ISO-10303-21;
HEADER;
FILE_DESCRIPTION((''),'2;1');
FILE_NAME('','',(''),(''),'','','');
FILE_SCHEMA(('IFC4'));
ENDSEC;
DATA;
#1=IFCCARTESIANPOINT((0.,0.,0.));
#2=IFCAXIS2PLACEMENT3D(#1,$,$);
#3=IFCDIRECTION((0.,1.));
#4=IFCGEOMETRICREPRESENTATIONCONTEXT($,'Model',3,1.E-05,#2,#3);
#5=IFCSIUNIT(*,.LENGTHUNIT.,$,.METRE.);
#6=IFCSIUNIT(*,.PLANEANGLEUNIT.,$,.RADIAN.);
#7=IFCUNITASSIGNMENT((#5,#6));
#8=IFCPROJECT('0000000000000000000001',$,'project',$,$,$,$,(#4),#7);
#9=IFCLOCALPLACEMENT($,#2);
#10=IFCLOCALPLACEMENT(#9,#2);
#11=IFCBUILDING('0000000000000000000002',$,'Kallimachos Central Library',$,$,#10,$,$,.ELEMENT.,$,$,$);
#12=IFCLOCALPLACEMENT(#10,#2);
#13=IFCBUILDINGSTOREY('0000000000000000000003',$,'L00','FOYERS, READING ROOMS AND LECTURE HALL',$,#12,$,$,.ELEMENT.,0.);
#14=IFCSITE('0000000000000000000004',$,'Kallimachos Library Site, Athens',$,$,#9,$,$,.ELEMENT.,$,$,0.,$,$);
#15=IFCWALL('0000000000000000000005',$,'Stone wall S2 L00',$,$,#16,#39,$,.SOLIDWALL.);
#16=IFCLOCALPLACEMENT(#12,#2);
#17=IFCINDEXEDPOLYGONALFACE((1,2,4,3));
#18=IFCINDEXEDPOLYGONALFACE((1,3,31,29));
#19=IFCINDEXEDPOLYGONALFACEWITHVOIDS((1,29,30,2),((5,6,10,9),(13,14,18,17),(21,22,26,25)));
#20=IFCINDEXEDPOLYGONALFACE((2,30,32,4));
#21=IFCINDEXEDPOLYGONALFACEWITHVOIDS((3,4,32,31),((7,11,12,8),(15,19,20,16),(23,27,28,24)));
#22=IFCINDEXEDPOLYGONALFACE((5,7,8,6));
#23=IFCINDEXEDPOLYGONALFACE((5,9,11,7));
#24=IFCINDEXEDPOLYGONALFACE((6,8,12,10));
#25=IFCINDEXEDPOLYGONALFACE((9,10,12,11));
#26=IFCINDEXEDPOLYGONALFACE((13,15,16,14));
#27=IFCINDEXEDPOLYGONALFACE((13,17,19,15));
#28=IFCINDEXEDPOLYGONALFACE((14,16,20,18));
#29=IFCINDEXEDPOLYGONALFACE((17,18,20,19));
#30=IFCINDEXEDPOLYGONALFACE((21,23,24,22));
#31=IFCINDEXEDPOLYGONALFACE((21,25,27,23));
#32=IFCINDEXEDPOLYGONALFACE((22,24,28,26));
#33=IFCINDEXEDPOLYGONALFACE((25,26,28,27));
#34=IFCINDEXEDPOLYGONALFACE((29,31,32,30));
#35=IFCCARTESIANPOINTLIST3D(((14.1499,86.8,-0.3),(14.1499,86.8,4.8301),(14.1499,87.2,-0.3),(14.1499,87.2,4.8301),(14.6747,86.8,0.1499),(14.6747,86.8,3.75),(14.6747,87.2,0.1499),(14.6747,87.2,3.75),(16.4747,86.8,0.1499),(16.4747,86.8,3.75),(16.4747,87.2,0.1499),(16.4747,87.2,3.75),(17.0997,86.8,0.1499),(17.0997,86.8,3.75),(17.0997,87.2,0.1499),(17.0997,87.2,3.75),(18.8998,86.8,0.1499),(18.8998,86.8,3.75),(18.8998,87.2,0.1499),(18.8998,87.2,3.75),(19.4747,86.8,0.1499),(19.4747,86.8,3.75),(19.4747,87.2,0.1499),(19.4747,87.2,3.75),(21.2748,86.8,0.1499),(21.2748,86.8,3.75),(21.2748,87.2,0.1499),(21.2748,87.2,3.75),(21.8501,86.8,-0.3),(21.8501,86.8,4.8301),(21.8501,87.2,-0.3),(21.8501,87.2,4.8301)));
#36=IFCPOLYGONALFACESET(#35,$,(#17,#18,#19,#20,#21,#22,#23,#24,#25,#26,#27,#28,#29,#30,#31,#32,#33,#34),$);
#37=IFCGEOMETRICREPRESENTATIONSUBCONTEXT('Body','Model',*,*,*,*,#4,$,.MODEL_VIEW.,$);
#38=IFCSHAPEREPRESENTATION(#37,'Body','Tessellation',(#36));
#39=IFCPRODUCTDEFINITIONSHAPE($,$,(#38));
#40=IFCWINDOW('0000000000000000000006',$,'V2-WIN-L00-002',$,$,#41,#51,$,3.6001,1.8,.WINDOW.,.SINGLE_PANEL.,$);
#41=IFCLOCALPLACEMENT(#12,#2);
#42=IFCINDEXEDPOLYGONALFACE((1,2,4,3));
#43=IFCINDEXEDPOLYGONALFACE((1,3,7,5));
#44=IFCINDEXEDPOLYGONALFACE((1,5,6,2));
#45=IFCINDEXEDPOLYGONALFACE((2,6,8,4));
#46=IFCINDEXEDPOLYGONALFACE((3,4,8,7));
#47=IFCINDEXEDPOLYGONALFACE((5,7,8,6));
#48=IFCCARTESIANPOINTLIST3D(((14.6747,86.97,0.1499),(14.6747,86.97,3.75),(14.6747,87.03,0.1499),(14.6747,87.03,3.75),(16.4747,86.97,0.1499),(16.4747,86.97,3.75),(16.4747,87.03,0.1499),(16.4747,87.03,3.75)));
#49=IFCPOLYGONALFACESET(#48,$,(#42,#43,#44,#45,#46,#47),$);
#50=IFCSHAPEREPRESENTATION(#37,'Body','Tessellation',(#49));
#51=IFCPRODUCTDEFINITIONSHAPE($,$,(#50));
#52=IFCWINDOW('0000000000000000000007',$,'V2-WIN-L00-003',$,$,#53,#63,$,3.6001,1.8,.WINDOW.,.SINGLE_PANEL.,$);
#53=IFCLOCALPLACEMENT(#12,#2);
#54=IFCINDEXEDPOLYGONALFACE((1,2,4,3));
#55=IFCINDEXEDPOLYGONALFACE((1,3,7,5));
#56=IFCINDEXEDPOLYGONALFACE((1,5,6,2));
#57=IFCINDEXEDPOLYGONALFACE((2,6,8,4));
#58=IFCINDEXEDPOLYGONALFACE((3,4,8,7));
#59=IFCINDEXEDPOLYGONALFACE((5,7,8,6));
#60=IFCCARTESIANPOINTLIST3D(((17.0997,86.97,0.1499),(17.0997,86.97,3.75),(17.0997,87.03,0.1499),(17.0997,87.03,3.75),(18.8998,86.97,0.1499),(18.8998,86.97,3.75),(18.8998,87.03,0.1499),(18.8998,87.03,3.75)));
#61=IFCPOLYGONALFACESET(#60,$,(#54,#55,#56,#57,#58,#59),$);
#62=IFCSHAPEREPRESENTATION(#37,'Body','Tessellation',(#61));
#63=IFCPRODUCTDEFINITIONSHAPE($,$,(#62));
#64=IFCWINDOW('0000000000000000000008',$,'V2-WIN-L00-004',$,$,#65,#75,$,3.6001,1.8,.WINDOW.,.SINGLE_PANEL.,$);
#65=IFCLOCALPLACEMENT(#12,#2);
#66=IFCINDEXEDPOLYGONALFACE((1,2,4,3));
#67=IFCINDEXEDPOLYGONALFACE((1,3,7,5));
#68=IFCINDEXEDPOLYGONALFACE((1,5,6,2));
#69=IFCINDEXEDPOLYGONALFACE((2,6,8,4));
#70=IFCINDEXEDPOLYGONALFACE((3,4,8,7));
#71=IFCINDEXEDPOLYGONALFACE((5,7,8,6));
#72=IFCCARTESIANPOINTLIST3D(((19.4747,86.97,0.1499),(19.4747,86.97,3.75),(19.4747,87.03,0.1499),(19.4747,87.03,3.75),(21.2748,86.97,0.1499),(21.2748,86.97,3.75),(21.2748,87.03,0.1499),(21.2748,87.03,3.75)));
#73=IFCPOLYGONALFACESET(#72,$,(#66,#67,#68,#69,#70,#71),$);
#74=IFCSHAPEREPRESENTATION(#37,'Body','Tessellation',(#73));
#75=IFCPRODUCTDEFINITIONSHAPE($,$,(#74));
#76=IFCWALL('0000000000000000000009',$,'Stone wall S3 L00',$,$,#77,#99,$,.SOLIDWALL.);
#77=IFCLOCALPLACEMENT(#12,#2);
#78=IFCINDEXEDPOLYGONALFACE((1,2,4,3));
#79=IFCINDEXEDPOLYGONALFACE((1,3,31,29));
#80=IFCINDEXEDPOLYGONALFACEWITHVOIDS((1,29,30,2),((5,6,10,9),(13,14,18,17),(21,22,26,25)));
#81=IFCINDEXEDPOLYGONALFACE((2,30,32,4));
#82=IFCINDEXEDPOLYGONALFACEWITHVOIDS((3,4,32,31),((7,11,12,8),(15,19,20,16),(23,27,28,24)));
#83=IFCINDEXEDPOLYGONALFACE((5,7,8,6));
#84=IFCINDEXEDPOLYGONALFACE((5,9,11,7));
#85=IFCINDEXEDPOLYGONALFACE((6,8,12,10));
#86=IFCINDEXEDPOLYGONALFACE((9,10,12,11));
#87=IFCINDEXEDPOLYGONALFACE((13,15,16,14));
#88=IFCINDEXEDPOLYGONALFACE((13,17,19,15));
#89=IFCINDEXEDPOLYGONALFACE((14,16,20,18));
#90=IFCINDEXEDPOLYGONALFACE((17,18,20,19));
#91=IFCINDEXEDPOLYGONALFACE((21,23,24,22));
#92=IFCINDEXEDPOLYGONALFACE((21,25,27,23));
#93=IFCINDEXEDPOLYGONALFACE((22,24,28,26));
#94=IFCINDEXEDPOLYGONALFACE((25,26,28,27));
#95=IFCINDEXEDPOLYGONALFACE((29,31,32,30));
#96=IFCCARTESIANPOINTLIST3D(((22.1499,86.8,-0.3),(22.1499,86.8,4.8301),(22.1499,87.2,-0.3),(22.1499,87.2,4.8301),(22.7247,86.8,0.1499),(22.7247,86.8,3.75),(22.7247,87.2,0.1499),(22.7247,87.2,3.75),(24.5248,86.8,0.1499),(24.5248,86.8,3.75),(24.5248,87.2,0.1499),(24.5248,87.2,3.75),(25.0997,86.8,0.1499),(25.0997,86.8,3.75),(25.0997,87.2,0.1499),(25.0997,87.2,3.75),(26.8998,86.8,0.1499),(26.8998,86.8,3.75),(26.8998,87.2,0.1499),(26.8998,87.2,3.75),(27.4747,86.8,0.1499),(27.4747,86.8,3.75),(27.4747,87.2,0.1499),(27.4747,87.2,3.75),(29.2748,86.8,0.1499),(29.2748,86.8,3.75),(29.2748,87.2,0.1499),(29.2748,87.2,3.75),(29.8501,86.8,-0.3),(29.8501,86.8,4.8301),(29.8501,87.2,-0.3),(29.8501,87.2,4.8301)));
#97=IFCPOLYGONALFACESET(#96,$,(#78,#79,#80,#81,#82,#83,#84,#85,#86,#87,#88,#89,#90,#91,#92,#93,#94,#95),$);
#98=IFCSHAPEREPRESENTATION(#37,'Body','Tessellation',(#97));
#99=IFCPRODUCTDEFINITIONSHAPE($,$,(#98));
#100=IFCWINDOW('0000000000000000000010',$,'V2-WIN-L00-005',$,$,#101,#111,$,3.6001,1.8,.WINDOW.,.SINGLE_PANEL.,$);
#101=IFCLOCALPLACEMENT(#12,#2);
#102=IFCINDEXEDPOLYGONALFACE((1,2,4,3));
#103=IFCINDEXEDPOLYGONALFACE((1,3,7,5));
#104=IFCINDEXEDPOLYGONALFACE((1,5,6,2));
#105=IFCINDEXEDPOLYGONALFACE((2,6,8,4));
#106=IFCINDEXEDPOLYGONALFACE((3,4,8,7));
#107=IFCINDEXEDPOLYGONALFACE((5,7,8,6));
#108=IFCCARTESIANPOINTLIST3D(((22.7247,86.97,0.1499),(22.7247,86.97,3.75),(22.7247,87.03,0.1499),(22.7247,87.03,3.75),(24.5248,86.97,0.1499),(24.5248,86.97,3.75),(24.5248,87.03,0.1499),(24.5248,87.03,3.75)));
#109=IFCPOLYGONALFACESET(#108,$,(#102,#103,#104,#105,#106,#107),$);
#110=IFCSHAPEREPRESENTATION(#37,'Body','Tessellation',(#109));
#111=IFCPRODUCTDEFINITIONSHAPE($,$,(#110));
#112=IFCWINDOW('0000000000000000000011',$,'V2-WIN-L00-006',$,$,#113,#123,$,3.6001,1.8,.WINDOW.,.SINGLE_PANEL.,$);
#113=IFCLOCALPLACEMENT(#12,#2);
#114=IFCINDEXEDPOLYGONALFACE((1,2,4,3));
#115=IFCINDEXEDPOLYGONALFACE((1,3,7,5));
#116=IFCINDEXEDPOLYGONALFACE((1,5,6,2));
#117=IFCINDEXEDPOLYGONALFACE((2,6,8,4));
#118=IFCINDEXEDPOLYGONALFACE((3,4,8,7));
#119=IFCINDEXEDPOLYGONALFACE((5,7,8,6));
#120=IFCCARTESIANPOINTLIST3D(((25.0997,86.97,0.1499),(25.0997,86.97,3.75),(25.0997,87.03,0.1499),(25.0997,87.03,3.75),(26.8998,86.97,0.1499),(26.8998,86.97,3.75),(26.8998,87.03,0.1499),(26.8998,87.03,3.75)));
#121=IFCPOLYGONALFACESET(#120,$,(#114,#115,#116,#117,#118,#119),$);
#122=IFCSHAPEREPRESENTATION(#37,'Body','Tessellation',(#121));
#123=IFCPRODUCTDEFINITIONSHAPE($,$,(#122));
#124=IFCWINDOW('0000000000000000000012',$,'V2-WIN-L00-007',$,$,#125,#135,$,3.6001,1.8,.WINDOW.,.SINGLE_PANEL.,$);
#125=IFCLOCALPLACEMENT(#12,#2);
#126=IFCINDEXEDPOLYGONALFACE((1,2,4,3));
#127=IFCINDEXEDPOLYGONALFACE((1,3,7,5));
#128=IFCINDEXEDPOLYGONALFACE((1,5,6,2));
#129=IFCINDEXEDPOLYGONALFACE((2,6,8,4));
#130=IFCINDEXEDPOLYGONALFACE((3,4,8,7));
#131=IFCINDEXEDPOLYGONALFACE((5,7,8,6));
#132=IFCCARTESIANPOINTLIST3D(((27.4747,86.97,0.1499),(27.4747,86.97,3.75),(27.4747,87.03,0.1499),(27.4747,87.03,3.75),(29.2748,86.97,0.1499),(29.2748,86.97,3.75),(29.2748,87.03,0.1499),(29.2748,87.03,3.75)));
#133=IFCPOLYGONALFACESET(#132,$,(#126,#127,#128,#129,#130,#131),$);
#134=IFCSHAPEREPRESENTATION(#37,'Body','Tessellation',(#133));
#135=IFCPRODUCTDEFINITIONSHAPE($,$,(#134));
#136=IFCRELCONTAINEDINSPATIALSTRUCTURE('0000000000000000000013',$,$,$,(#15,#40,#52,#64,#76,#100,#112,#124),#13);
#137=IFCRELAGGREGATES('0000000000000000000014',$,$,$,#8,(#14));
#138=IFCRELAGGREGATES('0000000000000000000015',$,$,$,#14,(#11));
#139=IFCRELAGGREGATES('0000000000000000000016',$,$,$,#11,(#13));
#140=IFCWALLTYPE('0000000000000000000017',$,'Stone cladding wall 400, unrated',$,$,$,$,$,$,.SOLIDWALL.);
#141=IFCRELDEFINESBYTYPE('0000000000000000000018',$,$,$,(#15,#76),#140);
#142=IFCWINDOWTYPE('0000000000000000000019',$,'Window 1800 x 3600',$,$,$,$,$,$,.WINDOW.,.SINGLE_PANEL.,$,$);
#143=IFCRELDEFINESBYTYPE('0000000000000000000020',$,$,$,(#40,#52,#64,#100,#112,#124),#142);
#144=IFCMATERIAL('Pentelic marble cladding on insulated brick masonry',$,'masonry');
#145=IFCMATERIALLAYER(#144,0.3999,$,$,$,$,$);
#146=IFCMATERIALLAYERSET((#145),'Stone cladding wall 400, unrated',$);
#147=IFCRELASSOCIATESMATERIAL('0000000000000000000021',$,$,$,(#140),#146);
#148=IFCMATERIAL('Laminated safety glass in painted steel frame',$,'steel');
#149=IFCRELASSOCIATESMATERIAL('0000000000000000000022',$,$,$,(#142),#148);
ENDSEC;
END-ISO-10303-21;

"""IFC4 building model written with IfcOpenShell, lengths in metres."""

from ifc_helpers import new_model, si_unit, direction, frame, frame_2d, origin, place, context, subcontext, project, spatial, rectangle, extrude, material, layer, layer_set, type_object, element, fill, save


model = new_model("IFC4")

# Units and contexts
model_context = context("Model", 3, precision=1e-05, world=origin(), true_north=direction((0.0, 1.0)))
body_context = subcontext(model_context, "Body", "Model", "MODEL_VIEW")
ifc_project = project(units=[si_unit("LENGTHUNIT", "METRE"), si_unit("PLANEANGLEUNIT", "RADIAN")], contexts=[model_context])

# Site, building, storey
site_placement = place(None, origin())
site = spatial("IfcSite", under=ifc_project, at=site_placement, Name="Kallimachos Library Site, Athens", CompositionType="ELEMENT", RefElevation=0.0)
building_placement = place(site_placement, origin())
building = spatial("IfcBuilding", under=site, at=building_placement, Name="Kallimachos Central Library", CompositionType="ELEMENT")
storey_placement = place(building_placement, origin())
storey = spatial("IfcBuildingStorey", under=building, at=storey_placement, Name="L00", Description="FOYERS, READING ROOMS AND LECTURE HALL", CompositionType="ELEMENT", Elevation=0.0)

# Walls, openings, windows
ifc_material_1 = material(Name="Pentelic marble cladding on insulated brick masonry", Category="masonry")
ifc_layer_1 = layer(ifc_material_1, 0.3999)
ifc_layer_set_1 = layer_set([ifc_layer_1], Name="Stone cladding wall 400, unrated")
wall_type_1 = type_object("IfcWallType", Name="Stone cladding wall 400, unrated", PredefinedType="SOLIDWALL", material=ifc_layer_set_1)
wall_1_placement = place(storey_placement, frame((14.1499, 87.0, -0.3), z_axis=(0.0, 0.0, 1.0), x_axis=(1.0, 0.0, 0.0)))
wall_1 = element("IfcWall", 1, at=wall_1_placement, inside=storey, type_object=wall_type_1, Name="Stone wall S2 L00", PredefinedType="SOLIDWALL", context=body_context, shape_type="SweptSolid", body=[
    extrude(rectangle(XDim=7.7002, YDim=0.3999, at=frame_2d((3.8501, 0.0))), origin(), (0.0, 0.0, 1.0), 5.1301),
])
opening_1_placement = place(wall_1_placement, frame((0.5249, 0.0, 0.45)))
opening_1 = element("IfcOpeningElement", 2, at=opening_1_placement, cuts=wall_1, PredefinedType="OPENING", context=body_context, shape_type="SweptSolid", body=[
    extrude(rectangle(XDim=1.8, YDim=3.6001, at=frame_2d((0.8999, 1.8))), frame((0.0, 0.21, 0.0), z_axis=(0.0, -1.0, 0.0), x_axis=(1.0, 0.0, 0.0)), (0.0, 0.0, 1.0), 0.4199),
])
opening_2_placement = place(wall_1_placement, frame((2.95, 0.0, 0.45)))
opening_2 = element("IfcOpeningElement", 3, at=opening_2_placement, cuts=wall_1, PredefinedType="OPENING", context=body_context, shape_type="SweptSolid", body=[
    extrude(rectangle(XDim=1.8, YDim=3.6001, at=frame_2d((0.8999, 1.8))), frame((0.0, 0.21, 0.0), z_axis=(0.0, -1.0, 0.0), x_axis=(1.0, 0.0, 0.0)), (0.0, 0.0, 1.0), 0.4199),
])
opening_3_placement = place(wall_1_placement, frame((5.325, 0.0, 0.45)))
opening_3 = element("IfcOpeningElement", 4, at=opening_3_placement, cuts=wall_1, PredefinedType="OPENING", context=body_context, shape_type="SweptSolid", body=[
    extrude(rectangle(XDim=1.8, YDim=3.6001, at=frame_2d((0.8999, 1.8))), frame((0.0, 0.21, 0.0), z_axis=(0.0, -1.0, 0.0), x_axis=(1.0, 0.0, 0.0)), (0.0, 0.0, 1.0), 0.4199),
])
ifc_material_2 = material(Name="Laminated safety glass in painted steel frame", Category="steel")
window_type = type_object("IfcWindowType", Name="Window 1800 x 3600", PartitioningType="SINGLE_PANEL", PredefinedType="WINDOW", material=ifc_material_2)
window_1_placement = place(opening_1_placement, origin())
window_1 = element("IfcWindow", 5, at=window_1_placement, inside=storey, type_object=window_type, Name="V2-WIN-L00-002", OverallHeight=3.6001, OverallWidth=1.8, PartitioningType="SINGLE_PANEL", PredefinedType="WINDOW", context=body_context, shape_type="SweptSolid", body=[
    extrude(rectangle(XDim=1.8, YDim=3.6001, at=frame_2d((0.8999, 1.8))), frame((0.0, 0.03, 0.0), z_axis=(0.0, -1.0, 0.0), x_axis=(1.0, 0.0, 0.0)), (0.0, 0.0, 1.0), 0.0601),
])
fill(opening_1, window_1)
window_2_placement = place(opening_2_placement, origin())
window_2 = element("IfcWindow", 6, at=window_2_placement, inside=storey, type_object=window_type, Name="V2-WIN-L00-003", OverallHeight=3.6001, OverallWidth=1.8, PartitioningType="SINGLE_PANEL", PredefinedType="WINDOW", context=body_context, shape_type="SweptSolid", body=[
    extrude(rectangle(XDim=1.8, YDim=3.6001, at=frame_2d((0.8999, 1.8))), frame((0.0, 0.03, 0.0), z_axis=(0.0, -1.0, 0.0), x_axis=(1.0, 0.0, 0.0)), (0.0, 0.0, 1.0), 0.0601),
])
fill(opening_2, window_2)
window_3_placement = place(opening_3_placement, origin())
window_3 = element("IfcWindow", 7, at=window_3_placement, inside=storey, type_object=window_type, Name="V2-WIN-L00-004", OverallHeight=3.6001, OverallWidth=1.8, PartitioningType="SINGLE_PANEL", PredefinedType="WINDOW", context=body_context, shape_type="SweptSolid", body=[
    extrude(rectangle(XDim=1.8, YDim=3.6001, at=frame_2d((0.8999, 1.8))), frame((0.0, 0.03, 0.0), z_axis=(0.0, -1.0, 0.0), x_axis=(1.0, 0.0, 0.0)), (0.0, 0.0, 1.0), 0.0601),
])
fill(opening_3, window_3)
wall_2_placement = place(storey_placement, frame((22.1499, 87.0, -0.3), z_axis=(0.0, 0.0, 1.0), x_axis=(1.0, 0.0, 0.0)))
wall_2 = element("IfcWall", 8, at=wall_2_placement, inside=storey, type_object=wall_type_1, Name="Stone wall S3 L00", PredefinedType="SOLIDWALL", context=body_context, shape_type="SweptSolid", body=[
    extrude(rectangle(XDim=7.7002, YDim=0.3999, at=frame_2d((3.8501, 0.0))), origin(), (0.0, 0.0, 1.0), 5.1301),
])
opening_4_placement = place(wall_2_placement, frame((0.575, 0.0, 0.45)))
opening_4 = element("IfcOpeningElement", 9, at=opening_4_placement, cuts=wall_2, PredefinedType="OPENING", context=body_context, shape_type="SweptSolid", body=[
    extrude(rectangle(XDim=1.8, YDim=3.6001, at=frame_2d((0.8999, 1.8))), frame((0.0, 0.21, 0.0), z_axis=(0.0, -1.0, 0.0), x_axis=(1.0, 0.0, 0.0)), (0.0, 0.0, 1.0), 0.4199),
])
opening_5_placement = place(wall_2_placement, frame((2.95, 0.0, 0.45)))
opening_5 = element("IfcOpeningElement", 10, at=opening_5_placement, cuts=wall_2, PredefinedType="OPENING", context=body_context, shape_type="SweptSolid", body=[
    extrude(rectangle(XDim=1.8, YDim=3.6001, at=frame_2d((0.8999, 1.8))), frame((0.0, 0.21, 0.0), z_axis=(0.0, -1.0, 0.0), x_axis=(1.0, 0.0, 0.0)), (0.0, 0.0, 1.0), 0.4199),
])
opening_6_placement = place(wall_2_placement, frame((5.325, 0.0, 0.45)))
opening_6 = element("IfcOpeningElement", 11, at=opening_6_placement, cuts=wall_2, PredefinedType="OPENING", context=body_context, shape_type="SweptSolid", body=[
    extrude(rectangle(XDim=1.8, YDim=3.6001, at=frame_2d((0.8999, 1.8))), frame((0.0, 0.21, 0.0), z_axis=(0.0, -1.0, 0.0), x_axis=(1.0, 0.0, 0.0)), (0.0, 0.0, 1.0), 0.4199),
])
window_4_placement = place(opening_4_placement, origin())
window_4 = element("IfcWindow", 12, at=window_4_placement, inside=storey, type_object=window_type, Name="V2-WIN-L00-005", OverallHeight=3.6001, OverallWidth=1.8, PartitioningType="SINGLE_PANEL", PredefinedType="WINDOW", context=body_context, shape_type="SweptSolid", body=[
    extrude(rectangle(XDim=1.8, YDim=3.6001, at=frame_2d((0.8999, 1.8))), frame((0.0, 0.03, 0.0), z_axis=(0.0, -1.0, 0.0), x_axis=(1.0, 0.0, 0.0)), (0.0, 0.0, 1.0), 0.0601),
])
fill(opening_4, window_4)
window_5_placement = place(opening_5_placement, origin())
window_5 = element("IfcWindow", 13, at=window_5_placement, inside=storey, type_object=window_type, Name="V2-WIN-L00-006", OverallHeight=3.6001, OverallWidth=1.8, PartitioningType="SINGLE_PANEL", PredefinedType="WINDOW", context=body_context, shape_type="SweptSolid", body=[
    extrude(rectangle(XDim=1.8, YDim=3.6001, at=frame_2d((0.8999, 1.8))), frame((0.0, 0.03, 0.0), z_axis=(0.0, -1.0, 0.0), x_axis=(1.0, 0.0, 0.0)), (0.0, 0.0, 1.0), 0.0601),
])
fill(opening_5, window_5)
window_6_placement = place(opening_6_placement, origin())
window_6 = element("IfcWindow", 14, at=window_6_placement, inside=storey, type_object=window_type, Name="V2-WIN-L00-007", OverallHeight=3.6001, OverallWidth=1.8, PartitioningType="SINGLE_PANEL", PredefinedType="WINDOW", context=body_context, shape_type="SweptSolid", body=[
    extrude(rectangle(XDim=1.8, YDim=3.6001, at=frame_2d((0.8999, 1.8))), frame((0.0, 0.03, 0.0), z_axis=(0.0, -1.0, 0.0), x_axis=(1.0, 0.0, 0.0)), (0.0, 0.0, 1.0), 0.0601),
])
fill(opening_6, window_6)

save(model, "model.ifc")
